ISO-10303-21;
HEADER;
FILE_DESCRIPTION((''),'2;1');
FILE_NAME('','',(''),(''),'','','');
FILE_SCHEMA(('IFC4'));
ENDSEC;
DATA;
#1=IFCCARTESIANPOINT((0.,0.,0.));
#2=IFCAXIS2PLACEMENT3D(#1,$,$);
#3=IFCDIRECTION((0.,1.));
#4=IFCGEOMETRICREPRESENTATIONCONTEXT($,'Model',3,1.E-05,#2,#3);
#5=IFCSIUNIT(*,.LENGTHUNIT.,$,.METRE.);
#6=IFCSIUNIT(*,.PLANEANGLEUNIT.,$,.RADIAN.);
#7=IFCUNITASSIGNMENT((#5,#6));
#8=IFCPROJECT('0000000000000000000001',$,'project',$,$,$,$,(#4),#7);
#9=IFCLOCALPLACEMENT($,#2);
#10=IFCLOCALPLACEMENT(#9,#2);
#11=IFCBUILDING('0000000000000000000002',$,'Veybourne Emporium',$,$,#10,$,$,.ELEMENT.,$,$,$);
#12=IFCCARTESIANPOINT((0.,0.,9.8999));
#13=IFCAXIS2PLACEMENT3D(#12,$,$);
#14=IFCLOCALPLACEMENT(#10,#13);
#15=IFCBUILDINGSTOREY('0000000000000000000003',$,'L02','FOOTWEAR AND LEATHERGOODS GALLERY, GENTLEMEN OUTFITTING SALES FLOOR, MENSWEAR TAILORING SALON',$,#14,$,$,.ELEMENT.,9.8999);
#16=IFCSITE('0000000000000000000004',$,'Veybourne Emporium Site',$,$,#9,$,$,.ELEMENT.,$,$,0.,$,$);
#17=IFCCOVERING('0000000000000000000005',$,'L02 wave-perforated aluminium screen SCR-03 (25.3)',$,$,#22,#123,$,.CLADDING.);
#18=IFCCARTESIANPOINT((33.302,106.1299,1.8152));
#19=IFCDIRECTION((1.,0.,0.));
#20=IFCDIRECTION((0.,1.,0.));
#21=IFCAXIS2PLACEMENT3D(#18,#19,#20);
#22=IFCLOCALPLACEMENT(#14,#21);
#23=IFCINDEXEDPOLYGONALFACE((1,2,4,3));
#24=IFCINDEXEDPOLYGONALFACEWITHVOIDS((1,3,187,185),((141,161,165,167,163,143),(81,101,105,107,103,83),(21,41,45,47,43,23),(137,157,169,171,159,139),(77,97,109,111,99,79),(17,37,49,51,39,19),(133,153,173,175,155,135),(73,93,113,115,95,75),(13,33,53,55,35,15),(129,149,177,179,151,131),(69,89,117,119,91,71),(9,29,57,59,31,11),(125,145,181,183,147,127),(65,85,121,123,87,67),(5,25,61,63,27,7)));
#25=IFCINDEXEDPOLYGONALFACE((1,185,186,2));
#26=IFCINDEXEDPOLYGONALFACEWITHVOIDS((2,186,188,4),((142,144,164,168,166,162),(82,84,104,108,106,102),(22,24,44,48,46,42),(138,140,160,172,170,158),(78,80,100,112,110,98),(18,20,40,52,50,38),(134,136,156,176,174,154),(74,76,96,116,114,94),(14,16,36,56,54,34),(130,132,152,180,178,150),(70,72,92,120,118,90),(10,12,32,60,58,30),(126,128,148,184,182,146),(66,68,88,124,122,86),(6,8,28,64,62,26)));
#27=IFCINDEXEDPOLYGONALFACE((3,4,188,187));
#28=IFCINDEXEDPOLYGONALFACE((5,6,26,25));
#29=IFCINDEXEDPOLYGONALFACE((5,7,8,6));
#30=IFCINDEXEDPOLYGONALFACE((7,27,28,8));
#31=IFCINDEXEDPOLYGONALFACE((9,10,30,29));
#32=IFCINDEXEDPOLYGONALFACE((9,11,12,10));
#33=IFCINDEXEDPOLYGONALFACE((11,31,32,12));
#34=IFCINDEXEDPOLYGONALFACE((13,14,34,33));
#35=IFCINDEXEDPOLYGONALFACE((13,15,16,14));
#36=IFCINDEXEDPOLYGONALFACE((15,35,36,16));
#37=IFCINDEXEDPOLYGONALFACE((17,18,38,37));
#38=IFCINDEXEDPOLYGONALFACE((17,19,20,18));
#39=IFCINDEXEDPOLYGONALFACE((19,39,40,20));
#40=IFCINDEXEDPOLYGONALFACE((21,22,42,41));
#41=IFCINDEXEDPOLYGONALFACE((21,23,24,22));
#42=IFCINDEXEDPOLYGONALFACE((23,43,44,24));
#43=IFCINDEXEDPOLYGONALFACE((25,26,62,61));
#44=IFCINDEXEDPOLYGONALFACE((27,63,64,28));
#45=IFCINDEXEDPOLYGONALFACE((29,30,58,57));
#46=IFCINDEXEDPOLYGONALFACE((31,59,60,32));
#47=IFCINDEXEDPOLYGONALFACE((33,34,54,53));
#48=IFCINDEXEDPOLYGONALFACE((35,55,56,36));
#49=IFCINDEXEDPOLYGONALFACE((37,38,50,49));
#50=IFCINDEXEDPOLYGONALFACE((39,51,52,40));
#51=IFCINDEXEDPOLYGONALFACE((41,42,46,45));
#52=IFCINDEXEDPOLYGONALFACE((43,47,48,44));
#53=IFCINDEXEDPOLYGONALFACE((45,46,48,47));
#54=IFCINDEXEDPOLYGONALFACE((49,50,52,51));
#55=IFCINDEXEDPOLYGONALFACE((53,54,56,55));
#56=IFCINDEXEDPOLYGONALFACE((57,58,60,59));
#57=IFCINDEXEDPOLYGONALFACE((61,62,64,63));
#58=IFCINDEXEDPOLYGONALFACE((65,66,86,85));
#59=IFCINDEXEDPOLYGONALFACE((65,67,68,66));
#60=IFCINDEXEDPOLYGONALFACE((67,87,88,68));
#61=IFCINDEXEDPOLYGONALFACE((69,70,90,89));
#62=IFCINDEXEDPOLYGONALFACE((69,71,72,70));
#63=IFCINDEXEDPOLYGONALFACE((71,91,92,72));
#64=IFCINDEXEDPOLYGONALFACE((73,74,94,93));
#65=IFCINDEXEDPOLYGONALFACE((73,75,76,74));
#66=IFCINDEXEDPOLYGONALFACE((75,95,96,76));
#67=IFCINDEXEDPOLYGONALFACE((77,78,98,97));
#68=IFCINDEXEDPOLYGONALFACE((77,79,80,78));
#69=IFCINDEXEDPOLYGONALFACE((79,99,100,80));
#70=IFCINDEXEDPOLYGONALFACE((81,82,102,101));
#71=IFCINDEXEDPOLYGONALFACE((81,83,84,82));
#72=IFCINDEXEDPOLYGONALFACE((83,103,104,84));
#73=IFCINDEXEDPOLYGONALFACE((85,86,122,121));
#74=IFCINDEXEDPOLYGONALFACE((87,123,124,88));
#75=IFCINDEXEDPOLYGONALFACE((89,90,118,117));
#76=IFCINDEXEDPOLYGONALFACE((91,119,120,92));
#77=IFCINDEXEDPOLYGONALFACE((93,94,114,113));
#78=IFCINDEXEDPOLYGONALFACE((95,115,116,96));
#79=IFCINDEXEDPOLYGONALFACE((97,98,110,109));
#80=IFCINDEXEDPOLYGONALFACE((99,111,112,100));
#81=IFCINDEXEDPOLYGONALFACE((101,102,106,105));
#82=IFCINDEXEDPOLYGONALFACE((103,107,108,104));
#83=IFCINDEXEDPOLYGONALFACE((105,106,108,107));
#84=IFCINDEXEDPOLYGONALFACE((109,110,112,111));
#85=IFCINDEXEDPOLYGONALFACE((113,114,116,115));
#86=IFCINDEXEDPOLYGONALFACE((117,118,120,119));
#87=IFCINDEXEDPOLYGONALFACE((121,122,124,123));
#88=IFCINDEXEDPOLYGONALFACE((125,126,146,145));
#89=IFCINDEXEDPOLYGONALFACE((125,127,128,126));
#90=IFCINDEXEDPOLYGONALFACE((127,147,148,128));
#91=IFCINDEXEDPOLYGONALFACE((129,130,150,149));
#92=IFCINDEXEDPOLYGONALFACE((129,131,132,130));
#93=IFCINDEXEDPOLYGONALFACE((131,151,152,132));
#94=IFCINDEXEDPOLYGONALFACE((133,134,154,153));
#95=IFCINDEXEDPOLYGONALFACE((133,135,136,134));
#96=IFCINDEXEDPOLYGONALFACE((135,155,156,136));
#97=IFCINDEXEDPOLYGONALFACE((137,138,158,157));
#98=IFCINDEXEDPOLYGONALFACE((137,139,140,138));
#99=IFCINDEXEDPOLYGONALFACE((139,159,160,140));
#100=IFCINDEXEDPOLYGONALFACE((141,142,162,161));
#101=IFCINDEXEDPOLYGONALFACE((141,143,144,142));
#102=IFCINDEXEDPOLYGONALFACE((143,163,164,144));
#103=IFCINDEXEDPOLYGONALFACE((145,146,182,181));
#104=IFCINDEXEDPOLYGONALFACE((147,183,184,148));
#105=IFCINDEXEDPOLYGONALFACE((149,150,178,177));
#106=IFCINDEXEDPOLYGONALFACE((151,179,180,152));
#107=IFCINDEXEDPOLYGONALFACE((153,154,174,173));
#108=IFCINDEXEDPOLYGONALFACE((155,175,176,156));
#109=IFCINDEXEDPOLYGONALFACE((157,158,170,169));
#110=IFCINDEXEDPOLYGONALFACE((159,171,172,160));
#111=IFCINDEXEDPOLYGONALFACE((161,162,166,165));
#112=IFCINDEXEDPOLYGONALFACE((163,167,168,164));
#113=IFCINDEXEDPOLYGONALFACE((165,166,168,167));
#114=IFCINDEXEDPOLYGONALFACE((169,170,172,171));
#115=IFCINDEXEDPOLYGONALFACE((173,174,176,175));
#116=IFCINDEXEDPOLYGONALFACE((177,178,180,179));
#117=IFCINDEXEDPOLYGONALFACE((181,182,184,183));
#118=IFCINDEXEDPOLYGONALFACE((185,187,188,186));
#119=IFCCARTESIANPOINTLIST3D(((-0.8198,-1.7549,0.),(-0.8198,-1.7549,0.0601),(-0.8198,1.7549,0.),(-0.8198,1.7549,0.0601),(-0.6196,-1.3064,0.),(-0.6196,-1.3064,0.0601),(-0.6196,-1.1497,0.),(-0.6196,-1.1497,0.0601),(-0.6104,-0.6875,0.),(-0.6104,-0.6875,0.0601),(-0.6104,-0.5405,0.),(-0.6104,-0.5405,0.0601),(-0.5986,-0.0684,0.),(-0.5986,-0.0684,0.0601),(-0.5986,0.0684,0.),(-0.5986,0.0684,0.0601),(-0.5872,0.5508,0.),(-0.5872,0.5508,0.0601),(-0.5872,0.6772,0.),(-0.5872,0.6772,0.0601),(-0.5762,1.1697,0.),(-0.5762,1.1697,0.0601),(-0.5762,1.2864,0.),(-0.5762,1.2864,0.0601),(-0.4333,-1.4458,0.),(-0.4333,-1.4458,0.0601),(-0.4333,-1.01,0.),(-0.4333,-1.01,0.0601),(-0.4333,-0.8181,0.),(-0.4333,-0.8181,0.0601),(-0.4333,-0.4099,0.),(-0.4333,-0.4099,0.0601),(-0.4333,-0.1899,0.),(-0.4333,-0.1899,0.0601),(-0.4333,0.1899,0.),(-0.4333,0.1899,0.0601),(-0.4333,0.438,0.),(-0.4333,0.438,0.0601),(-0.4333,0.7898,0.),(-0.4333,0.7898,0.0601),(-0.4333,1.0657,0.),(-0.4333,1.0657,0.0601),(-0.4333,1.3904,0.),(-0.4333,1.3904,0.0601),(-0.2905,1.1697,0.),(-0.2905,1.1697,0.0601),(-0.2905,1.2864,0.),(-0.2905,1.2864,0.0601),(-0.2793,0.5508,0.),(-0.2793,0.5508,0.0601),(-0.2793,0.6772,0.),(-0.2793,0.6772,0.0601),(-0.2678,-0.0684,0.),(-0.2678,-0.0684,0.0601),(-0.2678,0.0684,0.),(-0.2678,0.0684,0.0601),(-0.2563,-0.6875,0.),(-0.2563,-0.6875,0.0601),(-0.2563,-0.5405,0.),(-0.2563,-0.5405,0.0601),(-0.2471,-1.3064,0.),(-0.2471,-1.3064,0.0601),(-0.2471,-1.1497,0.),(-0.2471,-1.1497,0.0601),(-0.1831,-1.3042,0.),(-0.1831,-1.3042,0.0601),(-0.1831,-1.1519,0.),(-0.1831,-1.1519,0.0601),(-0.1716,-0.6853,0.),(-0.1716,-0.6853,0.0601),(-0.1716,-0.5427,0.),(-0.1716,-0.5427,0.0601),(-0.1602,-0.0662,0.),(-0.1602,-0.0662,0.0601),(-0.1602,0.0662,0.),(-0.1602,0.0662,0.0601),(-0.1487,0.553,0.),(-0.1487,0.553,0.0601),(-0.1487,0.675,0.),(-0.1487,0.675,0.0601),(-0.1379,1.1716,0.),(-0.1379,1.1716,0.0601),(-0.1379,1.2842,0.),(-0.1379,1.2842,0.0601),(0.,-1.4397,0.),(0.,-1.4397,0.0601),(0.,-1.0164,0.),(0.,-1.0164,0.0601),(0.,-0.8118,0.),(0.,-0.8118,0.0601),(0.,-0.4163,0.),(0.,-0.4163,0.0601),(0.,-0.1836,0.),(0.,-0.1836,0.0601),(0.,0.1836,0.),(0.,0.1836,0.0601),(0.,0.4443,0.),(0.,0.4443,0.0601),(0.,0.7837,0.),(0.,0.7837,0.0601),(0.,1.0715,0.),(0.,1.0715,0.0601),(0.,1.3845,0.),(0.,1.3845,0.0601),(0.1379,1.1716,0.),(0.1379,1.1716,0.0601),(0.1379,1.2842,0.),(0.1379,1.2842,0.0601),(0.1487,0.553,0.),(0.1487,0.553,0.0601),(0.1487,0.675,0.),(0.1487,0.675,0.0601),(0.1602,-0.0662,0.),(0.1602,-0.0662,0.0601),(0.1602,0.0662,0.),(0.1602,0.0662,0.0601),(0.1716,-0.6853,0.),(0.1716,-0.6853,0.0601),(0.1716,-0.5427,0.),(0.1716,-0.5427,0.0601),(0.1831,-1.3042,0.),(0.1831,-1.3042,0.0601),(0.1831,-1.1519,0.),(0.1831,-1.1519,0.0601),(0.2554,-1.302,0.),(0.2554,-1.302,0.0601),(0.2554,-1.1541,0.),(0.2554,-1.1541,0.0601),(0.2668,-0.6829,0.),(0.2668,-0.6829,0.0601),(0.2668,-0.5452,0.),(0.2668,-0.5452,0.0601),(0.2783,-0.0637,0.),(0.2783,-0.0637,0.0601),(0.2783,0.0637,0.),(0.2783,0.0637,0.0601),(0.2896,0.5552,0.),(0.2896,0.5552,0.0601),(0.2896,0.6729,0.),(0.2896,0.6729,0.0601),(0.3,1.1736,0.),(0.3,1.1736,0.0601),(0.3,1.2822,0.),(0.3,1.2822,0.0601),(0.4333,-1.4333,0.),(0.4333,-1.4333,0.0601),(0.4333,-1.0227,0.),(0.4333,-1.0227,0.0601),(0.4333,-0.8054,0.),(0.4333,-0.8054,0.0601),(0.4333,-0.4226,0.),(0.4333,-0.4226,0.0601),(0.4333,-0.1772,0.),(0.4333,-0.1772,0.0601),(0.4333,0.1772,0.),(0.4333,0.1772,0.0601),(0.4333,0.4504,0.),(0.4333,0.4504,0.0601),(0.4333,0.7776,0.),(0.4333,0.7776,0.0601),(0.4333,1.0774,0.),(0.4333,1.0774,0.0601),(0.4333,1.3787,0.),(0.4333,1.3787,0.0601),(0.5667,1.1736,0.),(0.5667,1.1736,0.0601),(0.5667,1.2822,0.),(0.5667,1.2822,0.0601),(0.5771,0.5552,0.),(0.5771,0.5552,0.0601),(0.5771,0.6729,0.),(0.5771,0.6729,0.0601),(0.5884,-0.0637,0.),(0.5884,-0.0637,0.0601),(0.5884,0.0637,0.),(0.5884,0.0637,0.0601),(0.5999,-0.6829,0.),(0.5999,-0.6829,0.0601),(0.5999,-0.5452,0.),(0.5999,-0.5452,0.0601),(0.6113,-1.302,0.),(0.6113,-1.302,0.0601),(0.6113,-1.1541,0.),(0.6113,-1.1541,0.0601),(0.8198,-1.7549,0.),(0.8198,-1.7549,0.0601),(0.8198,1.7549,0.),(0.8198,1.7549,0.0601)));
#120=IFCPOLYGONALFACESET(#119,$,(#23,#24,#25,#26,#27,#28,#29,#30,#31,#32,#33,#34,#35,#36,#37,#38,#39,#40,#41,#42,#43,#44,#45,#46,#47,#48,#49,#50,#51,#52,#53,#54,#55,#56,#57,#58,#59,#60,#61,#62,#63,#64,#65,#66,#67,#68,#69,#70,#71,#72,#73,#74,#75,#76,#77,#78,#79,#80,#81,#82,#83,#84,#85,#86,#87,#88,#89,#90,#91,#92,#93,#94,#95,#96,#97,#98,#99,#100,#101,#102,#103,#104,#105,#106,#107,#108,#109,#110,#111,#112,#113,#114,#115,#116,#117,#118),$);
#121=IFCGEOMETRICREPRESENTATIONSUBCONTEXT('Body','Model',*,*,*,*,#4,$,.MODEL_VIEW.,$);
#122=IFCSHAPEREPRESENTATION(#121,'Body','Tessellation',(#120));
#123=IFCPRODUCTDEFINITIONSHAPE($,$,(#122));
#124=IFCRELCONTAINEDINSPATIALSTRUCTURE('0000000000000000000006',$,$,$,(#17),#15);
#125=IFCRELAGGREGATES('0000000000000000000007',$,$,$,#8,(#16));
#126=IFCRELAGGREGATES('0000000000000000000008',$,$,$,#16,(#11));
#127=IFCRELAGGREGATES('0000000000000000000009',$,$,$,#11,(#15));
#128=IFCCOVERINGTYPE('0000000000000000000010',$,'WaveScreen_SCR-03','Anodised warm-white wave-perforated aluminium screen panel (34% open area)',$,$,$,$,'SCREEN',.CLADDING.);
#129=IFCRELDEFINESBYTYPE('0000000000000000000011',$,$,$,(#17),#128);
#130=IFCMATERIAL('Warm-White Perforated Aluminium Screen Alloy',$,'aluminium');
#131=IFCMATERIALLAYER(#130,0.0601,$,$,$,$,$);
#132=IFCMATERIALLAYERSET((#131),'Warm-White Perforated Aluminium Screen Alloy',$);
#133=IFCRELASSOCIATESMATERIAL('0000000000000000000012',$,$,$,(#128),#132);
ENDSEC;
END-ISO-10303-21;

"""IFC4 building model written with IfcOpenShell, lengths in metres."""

from ifc_helpers import new_model, si_unit, direction, frame, origin, place, context, subcontext, project, spatial, polyline, outline, extrude, material, layer, layer_set, type_object, element, save


model = new_model("IFC4")

# Units and contexts
model_context = context("Model", 3, precision=1e-05, world=origin(), true_north=direction((0.0, 1.0)))
body_context = subcontext(model_context, "Body", "Model", "MODEL_VIEW")
ifc_project = project(units=[si_unit("LENGTHUNIT", "METRE"), si_unit("PLANEANGLEUNIT", "RADIAN")], contexts=[model_context])

# Site, building, storey
site_placement = place(None, origin())
site = spatial("IfcSite", under=ifc_project, at=site_placement, Name="Veybourne Emporium Site", CompositionType="ELEMENT", RefElevation=0.0)
building_placement = place(site_placement, origin())
building = spatial("IfcBuilding", under=site, at=building_placement, Name="Veybourne Emporium", CompositionType="ELEMENT")
storey_placement = place(building_placement, frame((0.0, 0.0, 9.8999)))
storey = spatial("IfcBuildingStorey", under=building, at=storey_placement, Name="L02", Description="FOOTWEAR AND LEATHERGOODS GALLERY, GENTLEMEN OUTFITTING SALES FLOOR, MENSWEAR TAILORING SALON", CompositionType="ELEMENT", Elevation=9.8999)

# Covering
ifc_material_1 = material(Name="Warm-White Perforated Aluminium Screen Alloy", Category="aluminium")
ifc_layer_1 = layer(ifc_material_1, 0.0601)
ifc_layer_set_1 = layer_set([ifc_layer_1], Name="Warm-White Perforated Aluminium Screen Alloy")
covering_type_1 = type_object("IfcCoveringType", Name="WaveScreen_SCR-03", Description="Anodised warm-white wave-perforated aluminium screen panel (34% open area)", ElementType="SCREEN", PredefinedType="CLADDING", material=ifc_layer_set_1)
covering_1_placement = place(storey_placement, frame((33.302, 106.1299, 1.8152), z_axis=(1.0, 0.0, 0.0), x_axis=(0.0, 1.0, 0.0)))
element("IfcCovering", 1, at=covering_1_placement, inside=storey, type_object=covering_type_1, Name="L02 wave-perforated aluminium screen SCR-03 (25.3)", PredefinedType="CLADDING", context=body_context, shape_type="SweptSolid", body=[
    extrude(outline(polyline([(-0.8198, -1.7549), (0.8198, -1.7549), (0.8198, 1.7549), (-0.8198, 1.7549), (-0.8198, -1.7549)]), holes=[polyline([(-0.4333, -1.01), (-0.2471, -1.1497), (-0.2471, -1.3064), (-0.4333, -1.4458), (-0.6196, -1.3064), (-0.6196, -1.1497), (-0.4333, -1.01)]), polyline([(-0.4333, -0.4099), (-0.2563, -0.5405), (-0.2563, -0.6875), (-0.4333, -0.8181), (-0.6104, -0.6875), (-0.6104, -0.5405), (-0.4333, -0.4099)]), polyline([(-0.4333, 0.1899), (-0.2678, 0.0684), (-0.2678, -0.0684), (-0.4333, -0.1899), (-0.5986, -0.0684), (-0.5986, 0.0684), (-0.4333, 0.1899)]), polyline([(-0.4333, 0.7898), (-0.2793, 0.6772), (-0.2793, 0.5508), (-0.4333, 0.438), (-0.5872, 0.5508), (-0.5872, 0.6772), (-0.4333, 0.7898)]), polyline([(-0.4333, 1.3904), (-0.2905, 1.2864), (-0.2905, 1.1697), (-0.4333, 1.0657), (-0.5762, 1.1697), (-0.5762, 1.2864), (-0.4333, 1.3904)]), polyline([(0.0, -1.0164), (0.1831, -1.1519), (0.1831, -1.3042), (0.0, -1.4397), (-0.1831, -1.3042), (-0.1831, -1.1519), (0.0, -1.0164)]), polyline([(0.0, -0.4163), (0.1716, -0.5427), (0.1716, -0.6853), (0.0, -0.8118), (-0.1716, -0.6853), (-0.1716, -0.5427), (0.0, -0.4163)]), polyline([(0.0, 0.1836), (0.1602, 0.0662), (0.1602, -0.0662), (0.0, -0.1836), (-0.1602, -0.0662), (-0.1602, 0.0662), (0.0, 0.1836)]), polyline([(0.0, 0.7837), (0.1487, 0.675), (0.1487, 0.553), (0.0, 0.4443), (-0.1487, 0.553), (-0.1487, 0.675), (0.0, 0.7837)]), polyline([(0.0, 1.3845), (0.1379, 1.2842), (0.1379, 1.1716), (0.0, 1.0715), (-0.1379, 1.1716), (-0.1379, 1.2842), (0.0, 1.3845)]), polyline([(0.4333, -1.0227), (0.6113, -1.1541), (0.6113, -1.302), (0.4333, -1.4333), (0.2554, -1.302), (0.2554, -1.1541), (0.4333, -1.0227)]), polyline([(0.4333, -0.4226), (0.5999, -0.5452), (0.5999, -0.6829), (0.4333, -0.8054), (0.2668, -0.6829), (0.2668, -0.5452), (0.4333, -0.4226)]), polyline([(0.4333, 0.1772), (0.5884, 0.0637), (0.5884, -0.0637), (0.4333, -0.1772), (0.2783, -0.0637), (0.2783, 0.0637), (0.4333, 0.1772)]), polyline([(0.4333, 0.7776), (0.5771, 0.6729), (0.5771, 0.5552), (0.4333, 0.4504), (0.2896, 0.5552), (0.2896, 0.6729), (0.4333, 0.7776)]), polyline([(0.4333, 1.3787), (0.5667, 1.2822), (0.5667, 1.1736), (0.4333, 1.0774), (0.3, 1.1736), (0.3, 1.2822), (0.4333, 1.3787)])]), origin(), (0.0, 0.0, 1.0), 0.0601),
])

save(model, "model.ifc")
